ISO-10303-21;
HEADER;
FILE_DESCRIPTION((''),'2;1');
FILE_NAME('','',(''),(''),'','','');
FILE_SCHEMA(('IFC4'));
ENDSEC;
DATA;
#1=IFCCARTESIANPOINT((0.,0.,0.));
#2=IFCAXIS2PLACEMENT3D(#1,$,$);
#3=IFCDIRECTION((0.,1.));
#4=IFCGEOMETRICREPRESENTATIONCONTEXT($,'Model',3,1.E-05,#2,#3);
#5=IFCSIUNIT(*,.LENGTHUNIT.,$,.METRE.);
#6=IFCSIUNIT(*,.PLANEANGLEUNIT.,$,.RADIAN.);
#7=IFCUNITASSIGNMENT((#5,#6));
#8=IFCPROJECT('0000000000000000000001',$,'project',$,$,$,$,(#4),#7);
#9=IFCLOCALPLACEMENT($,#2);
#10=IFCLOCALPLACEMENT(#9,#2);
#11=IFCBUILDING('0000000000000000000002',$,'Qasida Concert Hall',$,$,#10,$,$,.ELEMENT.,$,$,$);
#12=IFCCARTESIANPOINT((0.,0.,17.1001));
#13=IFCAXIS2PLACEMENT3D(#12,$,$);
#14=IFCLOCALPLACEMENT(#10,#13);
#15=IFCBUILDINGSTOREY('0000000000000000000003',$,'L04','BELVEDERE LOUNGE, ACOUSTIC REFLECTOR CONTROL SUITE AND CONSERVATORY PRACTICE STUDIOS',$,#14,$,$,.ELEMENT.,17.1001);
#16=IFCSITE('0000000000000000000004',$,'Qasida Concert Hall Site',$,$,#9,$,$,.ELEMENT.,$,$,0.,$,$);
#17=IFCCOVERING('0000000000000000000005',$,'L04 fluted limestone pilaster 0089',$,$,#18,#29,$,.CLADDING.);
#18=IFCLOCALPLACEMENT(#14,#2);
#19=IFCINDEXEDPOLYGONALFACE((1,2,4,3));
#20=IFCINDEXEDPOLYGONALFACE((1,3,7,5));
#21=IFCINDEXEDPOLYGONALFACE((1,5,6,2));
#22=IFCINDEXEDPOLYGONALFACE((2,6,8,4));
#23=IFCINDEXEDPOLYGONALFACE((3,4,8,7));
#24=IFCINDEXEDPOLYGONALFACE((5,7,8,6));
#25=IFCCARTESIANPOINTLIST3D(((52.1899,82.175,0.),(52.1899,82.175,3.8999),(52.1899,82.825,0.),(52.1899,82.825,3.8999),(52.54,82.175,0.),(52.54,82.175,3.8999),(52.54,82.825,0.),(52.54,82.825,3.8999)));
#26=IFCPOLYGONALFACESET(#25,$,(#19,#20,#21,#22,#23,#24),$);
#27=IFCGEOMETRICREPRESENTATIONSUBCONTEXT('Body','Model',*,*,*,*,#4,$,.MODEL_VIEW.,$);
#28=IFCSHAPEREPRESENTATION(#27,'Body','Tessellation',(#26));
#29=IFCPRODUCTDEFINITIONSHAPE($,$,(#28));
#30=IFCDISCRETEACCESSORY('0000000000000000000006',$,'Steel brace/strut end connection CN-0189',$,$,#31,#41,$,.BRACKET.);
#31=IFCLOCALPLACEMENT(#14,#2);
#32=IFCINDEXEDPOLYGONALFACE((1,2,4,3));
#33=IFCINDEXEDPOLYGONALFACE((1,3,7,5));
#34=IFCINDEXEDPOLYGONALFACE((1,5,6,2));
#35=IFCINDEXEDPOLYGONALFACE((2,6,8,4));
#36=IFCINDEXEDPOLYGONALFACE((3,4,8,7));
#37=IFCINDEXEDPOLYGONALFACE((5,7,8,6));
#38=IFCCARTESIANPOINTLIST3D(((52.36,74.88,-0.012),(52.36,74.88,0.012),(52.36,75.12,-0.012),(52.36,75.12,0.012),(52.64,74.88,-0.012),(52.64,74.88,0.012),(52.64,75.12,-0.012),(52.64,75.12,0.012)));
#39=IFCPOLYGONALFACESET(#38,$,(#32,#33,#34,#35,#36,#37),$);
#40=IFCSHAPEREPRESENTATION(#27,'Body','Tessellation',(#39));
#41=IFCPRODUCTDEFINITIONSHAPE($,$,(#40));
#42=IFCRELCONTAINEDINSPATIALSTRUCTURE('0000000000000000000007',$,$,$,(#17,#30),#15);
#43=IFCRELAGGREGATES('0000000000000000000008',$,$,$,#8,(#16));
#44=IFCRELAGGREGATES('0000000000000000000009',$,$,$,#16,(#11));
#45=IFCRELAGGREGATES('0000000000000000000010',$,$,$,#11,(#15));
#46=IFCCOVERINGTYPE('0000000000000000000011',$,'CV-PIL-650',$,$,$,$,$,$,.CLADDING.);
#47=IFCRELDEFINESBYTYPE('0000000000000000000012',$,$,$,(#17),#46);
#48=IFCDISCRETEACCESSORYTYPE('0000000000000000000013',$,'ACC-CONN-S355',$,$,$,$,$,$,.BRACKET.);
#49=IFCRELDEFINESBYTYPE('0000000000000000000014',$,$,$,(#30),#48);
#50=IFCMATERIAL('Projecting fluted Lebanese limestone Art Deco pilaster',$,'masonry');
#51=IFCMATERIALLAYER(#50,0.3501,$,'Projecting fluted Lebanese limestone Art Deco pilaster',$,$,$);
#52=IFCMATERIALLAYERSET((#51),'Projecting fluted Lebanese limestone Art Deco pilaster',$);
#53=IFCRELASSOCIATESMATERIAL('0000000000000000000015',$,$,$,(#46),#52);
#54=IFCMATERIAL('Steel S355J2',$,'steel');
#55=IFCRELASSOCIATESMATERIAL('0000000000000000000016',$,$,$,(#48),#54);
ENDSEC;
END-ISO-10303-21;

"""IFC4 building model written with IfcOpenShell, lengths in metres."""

from ifc_helpers import new_model, si_unit, direction, frame, origin, origin_2d, place, context, subcontext, project, spatial, rectangle, extrude, material, layer, layer_set, type_object, element, save


model = new_model("IFC4")

# Units and contexts
model_context = context("Model", 3, precision=1e-05, world=origin(), true_north=direction((0.0, 1.0)))
body_context = subcontext(model_context, "Body", "Model", "MODEL_VIEW")
ifc_project = project(units=[si_unit("LENGTHUNIT", "METRE"), si_unit("PLANEANGLEUNIT", "RADIAN")], contexts=[model_context])

# Site, building, storey
site_placement = place(None, origin())
site = spatial("IfcSite", under=ifc_project, at=site_placement, Name="Qasida Concert Hall Site", CompositionType="ELEMENT", RefElevation=0.0)
building_placement = place(site_placement, origin())
building = spatial("IfcBuilding", under=site, at=building_placement, Name="Qasida Concert Hall", CompositionType="ELEMENT")
storey_placement = place(building_placement, frame((0.0, 0.0, 17.1001)))
storey = spatial("IfcBuildingStorey", under=building, at=storey_placement, Name="L04", Description="BELVEDERE LOUNGE, ACOUSTIC REFLECTOR CONTROL SUITE AND CONSERVATORY PRACTICE STUDIOS", CompositionType="ELEMENT", Elevation=17.1001)

# Shared definitions
ifc_material_1 = material(Name="Steel S355J2", Category="steel")

# Covering
ifc_material_2 = material(Name="Projecting fluted Lebanese limestone Art Deco pilaster", Category="masonry")
ifc_layer_1 = layer(ifc_material_2, 0.3501, Name="Projecting fluted Lebanese limestone Art Deco pilaster")
ifc_layer_set_1 = layer_set([ifc_layer_1], Name="Projecting fluted Lebanese limestone Art Deco pilaster")
covering_type = type_object("IfcCoveringType", Name="CV-PIL-650", PredefinedType="CLADDING", material=ifc_layer_set_1)
covering_placement = place(storey_placement, frame((52.365, 82.5, 0.0), z_axis=(0.0, 0.0, 1.0), x_axis=(1.0, 0.0, 0.0)))
element("IfcCovering", 1, at=covering_placement, inside=storey, type_object=covering_type, Name="L04 fluted limestone pilaster 0089", PredefinedType="CLADDING", context=body_context, shape_type="SweptSolid", body=[
    extrude(rectangle(XDim=0.3501, YDim=0.6499, at=origin_2d()), origin(), (0.0, 0.0, 1.0), 3.8999),
])

# Discrete accessory
discrete_accessory_type = type_object("IfcDiscreteAccessoryType", Name="ACC-CONN-S355", PredefinedType="BRACKET", material=ifc_material_1)
discrete_accessory_placement = place(storey_placement, frame((52.5, 75.0, -0.012), z_axis=(0.0, 0.0, 1.0), x_axis=(1.0, 0.0, 0.0)))
element("IfcDiscreteAccessory", 2, at=discrete_accessory_placement, inside=storey, type_object=discrete_accessory_type, Name="Steel brace/strut end connection CN-0189", PredefinedType="BRACKET", context=body_context, shape_type="SweptSolid", body=[
    extrude(rectangle(XDim=0.28, YDim=0.24, at=origin_2d()), origin(), (0.0, 0.0, 1.0), 0.0239),
])

save(model, "model.ifc")
